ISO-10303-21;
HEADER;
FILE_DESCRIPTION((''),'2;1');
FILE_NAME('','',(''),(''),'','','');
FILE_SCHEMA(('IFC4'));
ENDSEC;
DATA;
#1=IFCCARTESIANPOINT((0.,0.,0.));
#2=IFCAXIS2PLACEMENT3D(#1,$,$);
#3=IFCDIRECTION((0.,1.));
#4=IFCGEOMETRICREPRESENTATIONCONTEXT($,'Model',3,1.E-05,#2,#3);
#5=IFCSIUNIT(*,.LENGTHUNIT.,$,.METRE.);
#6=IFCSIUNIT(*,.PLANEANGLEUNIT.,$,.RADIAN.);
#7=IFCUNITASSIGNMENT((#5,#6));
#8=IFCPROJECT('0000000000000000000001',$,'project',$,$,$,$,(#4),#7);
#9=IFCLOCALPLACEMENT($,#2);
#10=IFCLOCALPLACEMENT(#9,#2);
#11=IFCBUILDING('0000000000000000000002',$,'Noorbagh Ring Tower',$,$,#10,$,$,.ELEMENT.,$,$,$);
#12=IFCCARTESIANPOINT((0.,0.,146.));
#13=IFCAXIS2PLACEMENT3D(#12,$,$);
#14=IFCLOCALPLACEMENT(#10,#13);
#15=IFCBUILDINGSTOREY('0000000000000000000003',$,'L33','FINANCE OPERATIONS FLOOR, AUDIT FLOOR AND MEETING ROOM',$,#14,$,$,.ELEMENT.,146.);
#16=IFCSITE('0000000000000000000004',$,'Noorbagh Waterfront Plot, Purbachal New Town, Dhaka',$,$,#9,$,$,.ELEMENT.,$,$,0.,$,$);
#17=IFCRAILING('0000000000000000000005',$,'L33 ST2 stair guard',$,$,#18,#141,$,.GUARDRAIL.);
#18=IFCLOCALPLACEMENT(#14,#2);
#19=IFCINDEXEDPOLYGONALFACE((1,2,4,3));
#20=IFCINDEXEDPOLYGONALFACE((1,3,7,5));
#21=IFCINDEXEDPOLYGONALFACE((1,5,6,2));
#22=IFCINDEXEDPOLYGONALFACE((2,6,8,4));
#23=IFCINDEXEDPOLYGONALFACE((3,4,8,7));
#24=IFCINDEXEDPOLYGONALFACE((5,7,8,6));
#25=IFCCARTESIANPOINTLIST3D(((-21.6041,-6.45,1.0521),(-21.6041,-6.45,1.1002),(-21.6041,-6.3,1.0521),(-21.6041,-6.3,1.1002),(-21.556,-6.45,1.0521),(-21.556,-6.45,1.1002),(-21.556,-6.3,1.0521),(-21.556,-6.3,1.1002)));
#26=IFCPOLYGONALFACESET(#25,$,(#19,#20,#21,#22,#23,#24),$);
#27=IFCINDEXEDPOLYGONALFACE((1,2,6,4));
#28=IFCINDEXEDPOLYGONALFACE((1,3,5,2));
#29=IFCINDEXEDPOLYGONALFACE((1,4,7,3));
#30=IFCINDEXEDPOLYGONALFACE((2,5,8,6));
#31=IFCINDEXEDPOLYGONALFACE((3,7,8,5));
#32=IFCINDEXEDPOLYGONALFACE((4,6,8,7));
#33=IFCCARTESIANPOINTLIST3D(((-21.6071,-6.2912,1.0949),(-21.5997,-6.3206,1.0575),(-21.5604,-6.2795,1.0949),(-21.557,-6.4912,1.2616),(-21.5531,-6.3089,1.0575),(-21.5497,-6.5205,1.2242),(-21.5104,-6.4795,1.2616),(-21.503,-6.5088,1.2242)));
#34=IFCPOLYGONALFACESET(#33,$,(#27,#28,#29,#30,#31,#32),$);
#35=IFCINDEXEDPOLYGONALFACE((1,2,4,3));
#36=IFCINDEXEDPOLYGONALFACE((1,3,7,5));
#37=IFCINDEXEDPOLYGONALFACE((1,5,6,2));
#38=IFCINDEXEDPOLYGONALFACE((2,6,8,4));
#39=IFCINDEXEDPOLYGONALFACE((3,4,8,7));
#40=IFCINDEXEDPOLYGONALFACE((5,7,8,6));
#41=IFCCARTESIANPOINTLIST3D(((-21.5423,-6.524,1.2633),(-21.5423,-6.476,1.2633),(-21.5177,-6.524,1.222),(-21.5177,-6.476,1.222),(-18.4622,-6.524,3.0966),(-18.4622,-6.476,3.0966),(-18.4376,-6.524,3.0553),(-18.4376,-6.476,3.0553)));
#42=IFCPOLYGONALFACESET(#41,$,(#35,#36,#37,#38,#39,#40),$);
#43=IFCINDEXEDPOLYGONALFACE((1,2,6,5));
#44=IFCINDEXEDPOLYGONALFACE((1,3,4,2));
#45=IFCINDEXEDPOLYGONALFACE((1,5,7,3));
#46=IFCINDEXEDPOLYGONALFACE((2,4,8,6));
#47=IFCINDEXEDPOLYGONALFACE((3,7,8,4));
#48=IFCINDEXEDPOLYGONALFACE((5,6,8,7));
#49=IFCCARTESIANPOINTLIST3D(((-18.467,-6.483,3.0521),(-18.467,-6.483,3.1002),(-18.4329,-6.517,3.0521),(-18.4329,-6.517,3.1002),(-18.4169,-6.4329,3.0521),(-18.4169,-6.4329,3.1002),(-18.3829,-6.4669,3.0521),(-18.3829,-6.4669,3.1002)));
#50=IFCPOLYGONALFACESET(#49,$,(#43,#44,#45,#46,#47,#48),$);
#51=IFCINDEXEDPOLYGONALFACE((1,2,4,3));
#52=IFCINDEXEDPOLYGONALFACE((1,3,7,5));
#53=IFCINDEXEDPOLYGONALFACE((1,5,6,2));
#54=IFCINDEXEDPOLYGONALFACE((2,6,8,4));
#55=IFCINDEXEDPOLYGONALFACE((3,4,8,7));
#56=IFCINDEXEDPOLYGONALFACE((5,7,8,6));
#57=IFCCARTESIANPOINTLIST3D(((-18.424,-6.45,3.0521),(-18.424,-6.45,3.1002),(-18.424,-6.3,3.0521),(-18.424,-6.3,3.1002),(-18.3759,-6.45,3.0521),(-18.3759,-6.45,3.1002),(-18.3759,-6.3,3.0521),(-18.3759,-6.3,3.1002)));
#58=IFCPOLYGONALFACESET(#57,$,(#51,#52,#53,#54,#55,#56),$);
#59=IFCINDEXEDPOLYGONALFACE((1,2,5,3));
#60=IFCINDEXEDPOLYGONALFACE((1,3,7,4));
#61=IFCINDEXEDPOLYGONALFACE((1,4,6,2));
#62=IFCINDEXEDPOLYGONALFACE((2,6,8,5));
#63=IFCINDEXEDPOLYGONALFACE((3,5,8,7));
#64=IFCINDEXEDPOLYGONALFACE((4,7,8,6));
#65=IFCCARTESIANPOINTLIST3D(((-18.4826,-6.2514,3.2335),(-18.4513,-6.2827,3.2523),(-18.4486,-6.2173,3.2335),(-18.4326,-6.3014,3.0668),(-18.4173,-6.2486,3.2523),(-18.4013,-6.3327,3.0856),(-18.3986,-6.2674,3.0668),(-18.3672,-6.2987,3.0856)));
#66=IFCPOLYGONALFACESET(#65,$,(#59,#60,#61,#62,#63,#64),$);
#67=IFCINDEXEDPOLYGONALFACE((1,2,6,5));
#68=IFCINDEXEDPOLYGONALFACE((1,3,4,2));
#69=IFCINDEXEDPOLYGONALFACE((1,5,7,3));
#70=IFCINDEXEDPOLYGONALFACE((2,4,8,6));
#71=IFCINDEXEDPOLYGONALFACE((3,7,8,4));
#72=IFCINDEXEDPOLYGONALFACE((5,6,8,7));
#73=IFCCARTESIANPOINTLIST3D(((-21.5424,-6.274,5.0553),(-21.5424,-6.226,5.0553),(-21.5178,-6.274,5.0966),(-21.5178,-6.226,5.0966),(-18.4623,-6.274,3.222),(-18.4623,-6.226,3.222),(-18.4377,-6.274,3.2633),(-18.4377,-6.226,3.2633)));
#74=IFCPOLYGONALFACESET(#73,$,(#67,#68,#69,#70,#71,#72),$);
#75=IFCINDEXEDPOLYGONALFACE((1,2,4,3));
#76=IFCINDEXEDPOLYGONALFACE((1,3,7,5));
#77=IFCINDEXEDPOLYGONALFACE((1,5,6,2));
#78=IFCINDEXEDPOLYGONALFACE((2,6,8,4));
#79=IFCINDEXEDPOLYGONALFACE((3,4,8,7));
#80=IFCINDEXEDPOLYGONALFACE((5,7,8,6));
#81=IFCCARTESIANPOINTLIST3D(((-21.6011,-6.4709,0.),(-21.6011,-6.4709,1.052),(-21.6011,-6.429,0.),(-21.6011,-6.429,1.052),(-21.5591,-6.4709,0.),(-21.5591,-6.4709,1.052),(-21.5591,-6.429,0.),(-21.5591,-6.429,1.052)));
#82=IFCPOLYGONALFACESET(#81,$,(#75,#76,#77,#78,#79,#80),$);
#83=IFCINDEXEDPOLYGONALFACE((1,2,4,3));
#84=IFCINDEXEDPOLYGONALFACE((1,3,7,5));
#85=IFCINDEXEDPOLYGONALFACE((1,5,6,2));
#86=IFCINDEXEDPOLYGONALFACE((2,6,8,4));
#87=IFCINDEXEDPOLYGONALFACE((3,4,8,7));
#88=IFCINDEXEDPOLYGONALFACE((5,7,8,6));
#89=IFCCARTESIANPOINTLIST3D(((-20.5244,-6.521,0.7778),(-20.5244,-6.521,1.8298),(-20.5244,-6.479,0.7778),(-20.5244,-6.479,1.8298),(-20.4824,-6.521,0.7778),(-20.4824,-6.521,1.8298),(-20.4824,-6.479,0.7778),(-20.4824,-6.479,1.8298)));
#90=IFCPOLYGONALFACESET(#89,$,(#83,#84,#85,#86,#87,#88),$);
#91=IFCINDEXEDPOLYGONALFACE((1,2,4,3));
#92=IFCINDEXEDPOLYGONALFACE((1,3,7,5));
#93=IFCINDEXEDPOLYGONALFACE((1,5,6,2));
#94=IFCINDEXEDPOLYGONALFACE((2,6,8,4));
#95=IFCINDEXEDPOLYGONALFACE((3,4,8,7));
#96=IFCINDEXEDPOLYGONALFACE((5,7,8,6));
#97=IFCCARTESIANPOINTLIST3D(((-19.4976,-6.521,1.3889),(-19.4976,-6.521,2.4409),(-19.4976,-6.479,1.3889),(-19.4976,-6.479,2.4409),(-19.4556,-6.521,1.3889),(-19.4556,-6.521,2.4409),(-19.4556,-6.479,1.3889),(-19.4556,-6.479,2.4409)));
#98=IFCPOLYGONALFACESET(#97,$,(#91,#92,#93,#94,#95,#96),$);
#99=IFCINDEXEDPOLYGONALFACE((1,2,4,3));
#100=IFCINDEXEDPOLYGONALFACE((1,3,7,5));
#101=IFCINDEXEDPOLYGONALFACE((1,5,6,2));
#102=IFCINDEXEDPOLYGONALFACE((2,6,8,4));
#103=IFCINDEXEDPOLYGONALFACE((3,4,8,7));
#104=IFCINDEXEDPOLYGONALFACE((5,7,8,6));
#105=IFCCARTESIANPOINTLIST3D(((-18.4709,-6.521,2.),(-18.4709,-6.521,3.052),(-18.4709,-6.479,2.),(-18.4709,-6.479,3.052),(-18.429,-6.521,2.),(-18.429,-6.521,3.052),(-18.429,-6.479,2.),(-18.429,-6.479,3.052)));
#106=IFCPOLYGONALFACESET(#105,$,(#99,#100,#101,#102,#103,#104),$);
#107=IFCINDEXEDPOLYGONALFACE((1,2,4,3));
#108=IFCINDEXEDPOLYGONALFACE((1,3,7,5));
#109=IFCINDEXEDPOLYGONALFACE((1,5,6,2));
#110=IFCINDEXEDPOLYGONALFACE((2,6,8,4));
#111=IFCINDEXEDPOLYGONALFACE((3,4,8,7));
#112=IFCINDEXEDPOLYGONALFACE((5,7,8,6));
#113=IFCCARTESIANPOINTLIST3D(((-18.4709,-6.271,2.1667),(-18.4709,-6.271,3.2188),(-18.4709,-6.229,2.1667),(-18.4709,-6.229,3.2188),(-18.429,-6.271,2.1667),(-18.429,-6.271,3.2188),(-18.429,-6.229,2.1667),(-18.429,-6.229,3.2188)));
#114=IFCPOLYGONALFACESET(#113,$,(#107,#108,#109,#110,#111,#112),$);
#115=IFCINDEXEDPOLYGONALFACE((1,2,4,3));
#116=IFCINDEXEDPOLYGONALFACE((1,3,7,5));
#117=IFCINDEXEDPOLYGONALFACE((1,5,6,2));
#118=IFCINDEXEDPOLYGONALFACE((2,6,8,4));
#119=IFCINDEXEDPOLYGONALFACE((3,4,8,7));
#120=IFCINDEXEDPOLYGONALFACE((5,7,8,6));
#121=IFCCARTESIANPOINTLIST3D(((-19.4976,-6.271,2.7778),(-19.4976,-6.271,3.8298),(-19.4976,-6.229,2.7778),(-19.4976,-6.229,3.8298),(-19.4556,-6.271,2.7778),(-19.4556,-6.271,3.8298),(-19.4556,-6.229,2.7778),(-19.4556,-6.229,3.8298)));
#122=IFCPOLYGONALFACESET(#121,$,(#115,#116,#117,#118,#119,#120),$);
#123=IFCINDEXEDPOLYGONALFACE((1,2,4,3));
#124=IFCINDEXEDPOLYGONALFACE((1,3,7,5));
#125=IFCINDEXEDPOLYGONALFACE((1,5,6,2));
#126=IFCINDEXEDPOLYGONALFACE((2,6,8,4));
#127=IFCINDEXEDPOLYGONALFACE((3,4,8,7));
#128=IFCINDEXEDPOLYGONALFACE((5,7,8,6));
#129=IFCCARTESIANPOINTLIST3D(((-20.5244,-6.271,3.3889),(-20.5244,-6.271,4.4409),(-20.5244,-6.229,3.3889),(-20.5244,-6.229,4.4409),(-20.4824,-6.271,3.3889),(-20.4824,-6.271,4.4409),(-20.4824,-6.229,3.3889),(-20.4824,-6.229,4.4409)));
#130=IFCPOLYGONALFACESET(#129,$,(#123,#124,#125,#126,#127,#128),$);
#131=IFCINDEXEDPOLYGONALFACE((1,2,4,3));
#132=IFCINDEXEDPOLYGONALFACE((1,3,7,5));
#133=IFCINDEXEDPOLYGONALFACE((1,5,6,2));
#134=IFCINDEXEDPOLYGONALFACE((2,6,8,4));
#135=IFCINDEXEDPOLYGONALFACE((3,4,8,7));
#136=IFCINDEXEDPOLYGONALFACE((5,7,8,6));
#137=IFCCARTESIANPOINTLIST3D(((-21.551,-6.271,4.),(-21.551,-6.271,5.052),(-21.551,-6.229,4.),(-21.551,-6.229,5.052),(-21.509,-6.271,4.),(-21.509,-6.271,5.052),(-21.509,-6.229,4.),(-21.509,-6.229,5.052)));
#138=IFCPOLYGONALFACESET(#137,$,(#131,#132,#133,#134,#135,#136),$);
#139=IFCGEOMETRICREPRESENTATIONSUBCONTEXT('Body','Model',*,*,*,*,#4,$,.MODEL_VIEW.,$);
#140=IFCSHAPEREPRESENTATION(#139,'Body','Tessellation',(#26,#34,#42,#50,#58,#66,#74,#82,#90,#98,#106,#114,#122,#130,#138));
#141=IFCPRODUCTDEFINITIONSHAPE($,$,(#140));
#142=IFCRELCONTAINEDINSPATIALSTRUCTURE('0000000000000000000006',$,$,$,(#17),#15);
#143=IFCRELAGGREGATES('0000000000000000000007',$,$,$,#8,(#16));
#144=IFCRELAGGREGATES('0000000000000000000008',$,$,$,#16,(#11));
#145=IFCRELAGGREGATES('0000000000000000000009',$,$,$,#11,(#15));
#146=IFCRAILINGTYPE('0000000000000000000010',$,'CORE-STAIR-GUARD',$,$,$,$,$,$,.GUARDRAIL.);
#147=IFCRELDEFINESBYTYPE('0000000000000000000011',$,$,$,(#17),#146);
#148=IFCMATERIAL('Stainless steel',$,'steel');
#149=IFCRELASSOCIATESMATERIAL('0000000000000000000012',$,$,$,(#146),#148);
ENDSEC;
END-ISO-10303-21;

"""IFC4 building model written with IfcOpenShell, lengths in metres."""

from ifc_helpers import new_model, si_unit, direction, frame, origin, origin_2d, place, context, subcontext, project, spatial, rectangle, extrude, material, type_object, element, save


model = new_model("IFC4")

# Units and contexts
model_context = context("Model", 3, precision=1e-05, world=origin(), true_north=direction((0.0, 1.0)))
body_context = subcontext(model_context, "Body", "Model", "MODEL_VIEW")
ifc_project = project(units=[si_unit("LENGTHUNIT", "METRE"), si_unit("PLANEANGLEUNIT", "RADIAN")], contexts=[model_context])

# Site, building, storey
site_placement = place(None, origin())
site = spatial("IfcSite", under=ifc_project, at=site_placement, Name="Noorbagh Waterfront Plot, Purbachal New Town, Dhaka", CompositionType="ELEMENT", RefElevation=0.0)
building_placement = place(site_placement, origin())
building = spatial("IfcBuilding", under=site, at=building_placement, Name="Noorbagh Ring Tower", CompositionType="ELEMENT")
storey_placement = place(building_placement, frame((0.0, 0.0, 146.0)))
storey = spatial("IfcBuildingStorey", under=building, at=storey_placement, Name="L33", Description="FINANCE OPERATIONS FLOOR, AUDIT FLOOR AND MEETING ROOM", CompositionType="ELEMENT", Elevation=146.0)

# Railing
ifc_material_1 = material(Name="Stainless steel", Category="steel")
railing_type_1 = type_object("IfcRailingType", Name="CORE-STAIR-GUARD", PredefinedType="GUARDRAIL", material=ifc_material_1)
railing_1_placement = place(storey_placement, frame((-21.5801, -6.45, 0.0)))
element("IfcRailing", 1, at=railing_1_placement, inside=storey, type_object=railing_type_1, Name="L33 ST2 stair guard", PredefinedType="GUARDRAIL", context=body_context, shape_type="SweptSolid", body=[
    extrude(rectangle(XDim=0.0481, YDim=0.0481, at=origin_2d()), frame((0.0, 0.0, 1.0762), z_axis=(0.0, 1.0, 0.0), x_axis=(-1.0, 0.0, 0.0)), (0.0, 0.0, 1.0), 0.1499),
    extrude(rectangle(XDim=0.0481, YDim=0.0481, at=origin_2d()), frame((0.0, 0.1499, 1.0762), z_axis=(0.188776, -0.754182, 0.628946), x_axis=(0.970073, 0.242814, 0.0)), (0.0, 0.0, 1.0), 0.2651),
    extrude(rectangle(XDim=0.0481, YDim=0.0481, at=origin_2d()), frame((0.05, -0.05, 1.2427), z_axis=(0.859309, 0.0, 0.511458), x_axis=(0.0, 1.0, 0.0)), (0.0, 0.0, 1.0), 3.5845),
    extrude(rectangle(XDim=0.0481, YDim=0.0481, at=origin_2d()), frame((3.1301, -0.05, 3.0762), z_axis=(0.707107, 0.707107, 0.0), x_axis=(-0.707107, 0.707107, 0.0)), (0.0, 0.0, 1.0), 0.0708),
    extrude(rectangle(XDim=0.0481, YDim=0.0481, at=origin_2d()), frame((3.1802, 0.0, 3.0762), z_axis=(0.0, 1.0, 0.0), x_axis=(-1.0, 0.0, 0.0)), (0.0, 0.0, 1.0), 0.1499),
    extrude(rectangle(XDim=0.0481, YDim=0.0481, at=origin_2d()), frame((3.1802, 0.1499, 3.0762), z_axis=(-0.276287, 0.276287, 0.920506), x_axis=(-0.707107, -0.707107, 0.0)), (0.0, 0.0, 1.0), 0.1812),
    extrude(rectangle(XDim=0.0481, YDim=0.0481, at=origin_2d()), frame((3.1301, 0.2, 3.2427), z_axis=(-0.859309, 0.0, 0.511458), x_axis=(0.0, -1.0, 0.0)), (0.0, 0.0, 1.0), 3.5845),
    extrude(rectangle(XDim=0.042, YDim=0.042, at=origin_2d()), origin(), (0.0, 0.0, 1.0), 1.052),
    extrude(rectangle(XDim=0.042, YDim=0.042, at=origin_2d()), frame((1.0767, -0.05, 0.7778)), (0.0, 0.0, 1.0), 1.052),
    extrude(rectangle(XDim=0.042, YDim=0.042, at=origin_2d()), frame((2.1035, -0.05, 1.3889)), (0.0, 0.0, 1.0), 1.052),
    extrude(rectangle(XDim=0.042, YDim=0.042, at=origin_2d()), frame((3.1301, -0.05, 2.0)), (0.0, 0.0, 1.0), 1.052),
    extrude(rectangle(XDim=0.042, YDim=0.042, at=origin_2d()), frame((3.1301, 0.2, 2.1667)), (0.0, 0.0, 1.0), 1.052),
    extrude(rectangle(XDim=0.042, YDim=0.042, at=origin_2d()), frame((2.1035, 0.2, 2.7778)), (0.0, 0.0, 1.0), 1.052),
    extrude(rectangle(XDim=0.042, YDim=0.042, at=origin_2d()), frame((1.0767, 0.2, 3.3889)), (0.0, 0.0, 1.0), 1.052),
    extrude(rectangle(XDim=0.042, YDim=0.042, at=origin_2d()), frame((0.05, 0.2, 4.0)), (0.0, 0.0, 1.0), 1.052),
])

save(model, "model.ifc")
